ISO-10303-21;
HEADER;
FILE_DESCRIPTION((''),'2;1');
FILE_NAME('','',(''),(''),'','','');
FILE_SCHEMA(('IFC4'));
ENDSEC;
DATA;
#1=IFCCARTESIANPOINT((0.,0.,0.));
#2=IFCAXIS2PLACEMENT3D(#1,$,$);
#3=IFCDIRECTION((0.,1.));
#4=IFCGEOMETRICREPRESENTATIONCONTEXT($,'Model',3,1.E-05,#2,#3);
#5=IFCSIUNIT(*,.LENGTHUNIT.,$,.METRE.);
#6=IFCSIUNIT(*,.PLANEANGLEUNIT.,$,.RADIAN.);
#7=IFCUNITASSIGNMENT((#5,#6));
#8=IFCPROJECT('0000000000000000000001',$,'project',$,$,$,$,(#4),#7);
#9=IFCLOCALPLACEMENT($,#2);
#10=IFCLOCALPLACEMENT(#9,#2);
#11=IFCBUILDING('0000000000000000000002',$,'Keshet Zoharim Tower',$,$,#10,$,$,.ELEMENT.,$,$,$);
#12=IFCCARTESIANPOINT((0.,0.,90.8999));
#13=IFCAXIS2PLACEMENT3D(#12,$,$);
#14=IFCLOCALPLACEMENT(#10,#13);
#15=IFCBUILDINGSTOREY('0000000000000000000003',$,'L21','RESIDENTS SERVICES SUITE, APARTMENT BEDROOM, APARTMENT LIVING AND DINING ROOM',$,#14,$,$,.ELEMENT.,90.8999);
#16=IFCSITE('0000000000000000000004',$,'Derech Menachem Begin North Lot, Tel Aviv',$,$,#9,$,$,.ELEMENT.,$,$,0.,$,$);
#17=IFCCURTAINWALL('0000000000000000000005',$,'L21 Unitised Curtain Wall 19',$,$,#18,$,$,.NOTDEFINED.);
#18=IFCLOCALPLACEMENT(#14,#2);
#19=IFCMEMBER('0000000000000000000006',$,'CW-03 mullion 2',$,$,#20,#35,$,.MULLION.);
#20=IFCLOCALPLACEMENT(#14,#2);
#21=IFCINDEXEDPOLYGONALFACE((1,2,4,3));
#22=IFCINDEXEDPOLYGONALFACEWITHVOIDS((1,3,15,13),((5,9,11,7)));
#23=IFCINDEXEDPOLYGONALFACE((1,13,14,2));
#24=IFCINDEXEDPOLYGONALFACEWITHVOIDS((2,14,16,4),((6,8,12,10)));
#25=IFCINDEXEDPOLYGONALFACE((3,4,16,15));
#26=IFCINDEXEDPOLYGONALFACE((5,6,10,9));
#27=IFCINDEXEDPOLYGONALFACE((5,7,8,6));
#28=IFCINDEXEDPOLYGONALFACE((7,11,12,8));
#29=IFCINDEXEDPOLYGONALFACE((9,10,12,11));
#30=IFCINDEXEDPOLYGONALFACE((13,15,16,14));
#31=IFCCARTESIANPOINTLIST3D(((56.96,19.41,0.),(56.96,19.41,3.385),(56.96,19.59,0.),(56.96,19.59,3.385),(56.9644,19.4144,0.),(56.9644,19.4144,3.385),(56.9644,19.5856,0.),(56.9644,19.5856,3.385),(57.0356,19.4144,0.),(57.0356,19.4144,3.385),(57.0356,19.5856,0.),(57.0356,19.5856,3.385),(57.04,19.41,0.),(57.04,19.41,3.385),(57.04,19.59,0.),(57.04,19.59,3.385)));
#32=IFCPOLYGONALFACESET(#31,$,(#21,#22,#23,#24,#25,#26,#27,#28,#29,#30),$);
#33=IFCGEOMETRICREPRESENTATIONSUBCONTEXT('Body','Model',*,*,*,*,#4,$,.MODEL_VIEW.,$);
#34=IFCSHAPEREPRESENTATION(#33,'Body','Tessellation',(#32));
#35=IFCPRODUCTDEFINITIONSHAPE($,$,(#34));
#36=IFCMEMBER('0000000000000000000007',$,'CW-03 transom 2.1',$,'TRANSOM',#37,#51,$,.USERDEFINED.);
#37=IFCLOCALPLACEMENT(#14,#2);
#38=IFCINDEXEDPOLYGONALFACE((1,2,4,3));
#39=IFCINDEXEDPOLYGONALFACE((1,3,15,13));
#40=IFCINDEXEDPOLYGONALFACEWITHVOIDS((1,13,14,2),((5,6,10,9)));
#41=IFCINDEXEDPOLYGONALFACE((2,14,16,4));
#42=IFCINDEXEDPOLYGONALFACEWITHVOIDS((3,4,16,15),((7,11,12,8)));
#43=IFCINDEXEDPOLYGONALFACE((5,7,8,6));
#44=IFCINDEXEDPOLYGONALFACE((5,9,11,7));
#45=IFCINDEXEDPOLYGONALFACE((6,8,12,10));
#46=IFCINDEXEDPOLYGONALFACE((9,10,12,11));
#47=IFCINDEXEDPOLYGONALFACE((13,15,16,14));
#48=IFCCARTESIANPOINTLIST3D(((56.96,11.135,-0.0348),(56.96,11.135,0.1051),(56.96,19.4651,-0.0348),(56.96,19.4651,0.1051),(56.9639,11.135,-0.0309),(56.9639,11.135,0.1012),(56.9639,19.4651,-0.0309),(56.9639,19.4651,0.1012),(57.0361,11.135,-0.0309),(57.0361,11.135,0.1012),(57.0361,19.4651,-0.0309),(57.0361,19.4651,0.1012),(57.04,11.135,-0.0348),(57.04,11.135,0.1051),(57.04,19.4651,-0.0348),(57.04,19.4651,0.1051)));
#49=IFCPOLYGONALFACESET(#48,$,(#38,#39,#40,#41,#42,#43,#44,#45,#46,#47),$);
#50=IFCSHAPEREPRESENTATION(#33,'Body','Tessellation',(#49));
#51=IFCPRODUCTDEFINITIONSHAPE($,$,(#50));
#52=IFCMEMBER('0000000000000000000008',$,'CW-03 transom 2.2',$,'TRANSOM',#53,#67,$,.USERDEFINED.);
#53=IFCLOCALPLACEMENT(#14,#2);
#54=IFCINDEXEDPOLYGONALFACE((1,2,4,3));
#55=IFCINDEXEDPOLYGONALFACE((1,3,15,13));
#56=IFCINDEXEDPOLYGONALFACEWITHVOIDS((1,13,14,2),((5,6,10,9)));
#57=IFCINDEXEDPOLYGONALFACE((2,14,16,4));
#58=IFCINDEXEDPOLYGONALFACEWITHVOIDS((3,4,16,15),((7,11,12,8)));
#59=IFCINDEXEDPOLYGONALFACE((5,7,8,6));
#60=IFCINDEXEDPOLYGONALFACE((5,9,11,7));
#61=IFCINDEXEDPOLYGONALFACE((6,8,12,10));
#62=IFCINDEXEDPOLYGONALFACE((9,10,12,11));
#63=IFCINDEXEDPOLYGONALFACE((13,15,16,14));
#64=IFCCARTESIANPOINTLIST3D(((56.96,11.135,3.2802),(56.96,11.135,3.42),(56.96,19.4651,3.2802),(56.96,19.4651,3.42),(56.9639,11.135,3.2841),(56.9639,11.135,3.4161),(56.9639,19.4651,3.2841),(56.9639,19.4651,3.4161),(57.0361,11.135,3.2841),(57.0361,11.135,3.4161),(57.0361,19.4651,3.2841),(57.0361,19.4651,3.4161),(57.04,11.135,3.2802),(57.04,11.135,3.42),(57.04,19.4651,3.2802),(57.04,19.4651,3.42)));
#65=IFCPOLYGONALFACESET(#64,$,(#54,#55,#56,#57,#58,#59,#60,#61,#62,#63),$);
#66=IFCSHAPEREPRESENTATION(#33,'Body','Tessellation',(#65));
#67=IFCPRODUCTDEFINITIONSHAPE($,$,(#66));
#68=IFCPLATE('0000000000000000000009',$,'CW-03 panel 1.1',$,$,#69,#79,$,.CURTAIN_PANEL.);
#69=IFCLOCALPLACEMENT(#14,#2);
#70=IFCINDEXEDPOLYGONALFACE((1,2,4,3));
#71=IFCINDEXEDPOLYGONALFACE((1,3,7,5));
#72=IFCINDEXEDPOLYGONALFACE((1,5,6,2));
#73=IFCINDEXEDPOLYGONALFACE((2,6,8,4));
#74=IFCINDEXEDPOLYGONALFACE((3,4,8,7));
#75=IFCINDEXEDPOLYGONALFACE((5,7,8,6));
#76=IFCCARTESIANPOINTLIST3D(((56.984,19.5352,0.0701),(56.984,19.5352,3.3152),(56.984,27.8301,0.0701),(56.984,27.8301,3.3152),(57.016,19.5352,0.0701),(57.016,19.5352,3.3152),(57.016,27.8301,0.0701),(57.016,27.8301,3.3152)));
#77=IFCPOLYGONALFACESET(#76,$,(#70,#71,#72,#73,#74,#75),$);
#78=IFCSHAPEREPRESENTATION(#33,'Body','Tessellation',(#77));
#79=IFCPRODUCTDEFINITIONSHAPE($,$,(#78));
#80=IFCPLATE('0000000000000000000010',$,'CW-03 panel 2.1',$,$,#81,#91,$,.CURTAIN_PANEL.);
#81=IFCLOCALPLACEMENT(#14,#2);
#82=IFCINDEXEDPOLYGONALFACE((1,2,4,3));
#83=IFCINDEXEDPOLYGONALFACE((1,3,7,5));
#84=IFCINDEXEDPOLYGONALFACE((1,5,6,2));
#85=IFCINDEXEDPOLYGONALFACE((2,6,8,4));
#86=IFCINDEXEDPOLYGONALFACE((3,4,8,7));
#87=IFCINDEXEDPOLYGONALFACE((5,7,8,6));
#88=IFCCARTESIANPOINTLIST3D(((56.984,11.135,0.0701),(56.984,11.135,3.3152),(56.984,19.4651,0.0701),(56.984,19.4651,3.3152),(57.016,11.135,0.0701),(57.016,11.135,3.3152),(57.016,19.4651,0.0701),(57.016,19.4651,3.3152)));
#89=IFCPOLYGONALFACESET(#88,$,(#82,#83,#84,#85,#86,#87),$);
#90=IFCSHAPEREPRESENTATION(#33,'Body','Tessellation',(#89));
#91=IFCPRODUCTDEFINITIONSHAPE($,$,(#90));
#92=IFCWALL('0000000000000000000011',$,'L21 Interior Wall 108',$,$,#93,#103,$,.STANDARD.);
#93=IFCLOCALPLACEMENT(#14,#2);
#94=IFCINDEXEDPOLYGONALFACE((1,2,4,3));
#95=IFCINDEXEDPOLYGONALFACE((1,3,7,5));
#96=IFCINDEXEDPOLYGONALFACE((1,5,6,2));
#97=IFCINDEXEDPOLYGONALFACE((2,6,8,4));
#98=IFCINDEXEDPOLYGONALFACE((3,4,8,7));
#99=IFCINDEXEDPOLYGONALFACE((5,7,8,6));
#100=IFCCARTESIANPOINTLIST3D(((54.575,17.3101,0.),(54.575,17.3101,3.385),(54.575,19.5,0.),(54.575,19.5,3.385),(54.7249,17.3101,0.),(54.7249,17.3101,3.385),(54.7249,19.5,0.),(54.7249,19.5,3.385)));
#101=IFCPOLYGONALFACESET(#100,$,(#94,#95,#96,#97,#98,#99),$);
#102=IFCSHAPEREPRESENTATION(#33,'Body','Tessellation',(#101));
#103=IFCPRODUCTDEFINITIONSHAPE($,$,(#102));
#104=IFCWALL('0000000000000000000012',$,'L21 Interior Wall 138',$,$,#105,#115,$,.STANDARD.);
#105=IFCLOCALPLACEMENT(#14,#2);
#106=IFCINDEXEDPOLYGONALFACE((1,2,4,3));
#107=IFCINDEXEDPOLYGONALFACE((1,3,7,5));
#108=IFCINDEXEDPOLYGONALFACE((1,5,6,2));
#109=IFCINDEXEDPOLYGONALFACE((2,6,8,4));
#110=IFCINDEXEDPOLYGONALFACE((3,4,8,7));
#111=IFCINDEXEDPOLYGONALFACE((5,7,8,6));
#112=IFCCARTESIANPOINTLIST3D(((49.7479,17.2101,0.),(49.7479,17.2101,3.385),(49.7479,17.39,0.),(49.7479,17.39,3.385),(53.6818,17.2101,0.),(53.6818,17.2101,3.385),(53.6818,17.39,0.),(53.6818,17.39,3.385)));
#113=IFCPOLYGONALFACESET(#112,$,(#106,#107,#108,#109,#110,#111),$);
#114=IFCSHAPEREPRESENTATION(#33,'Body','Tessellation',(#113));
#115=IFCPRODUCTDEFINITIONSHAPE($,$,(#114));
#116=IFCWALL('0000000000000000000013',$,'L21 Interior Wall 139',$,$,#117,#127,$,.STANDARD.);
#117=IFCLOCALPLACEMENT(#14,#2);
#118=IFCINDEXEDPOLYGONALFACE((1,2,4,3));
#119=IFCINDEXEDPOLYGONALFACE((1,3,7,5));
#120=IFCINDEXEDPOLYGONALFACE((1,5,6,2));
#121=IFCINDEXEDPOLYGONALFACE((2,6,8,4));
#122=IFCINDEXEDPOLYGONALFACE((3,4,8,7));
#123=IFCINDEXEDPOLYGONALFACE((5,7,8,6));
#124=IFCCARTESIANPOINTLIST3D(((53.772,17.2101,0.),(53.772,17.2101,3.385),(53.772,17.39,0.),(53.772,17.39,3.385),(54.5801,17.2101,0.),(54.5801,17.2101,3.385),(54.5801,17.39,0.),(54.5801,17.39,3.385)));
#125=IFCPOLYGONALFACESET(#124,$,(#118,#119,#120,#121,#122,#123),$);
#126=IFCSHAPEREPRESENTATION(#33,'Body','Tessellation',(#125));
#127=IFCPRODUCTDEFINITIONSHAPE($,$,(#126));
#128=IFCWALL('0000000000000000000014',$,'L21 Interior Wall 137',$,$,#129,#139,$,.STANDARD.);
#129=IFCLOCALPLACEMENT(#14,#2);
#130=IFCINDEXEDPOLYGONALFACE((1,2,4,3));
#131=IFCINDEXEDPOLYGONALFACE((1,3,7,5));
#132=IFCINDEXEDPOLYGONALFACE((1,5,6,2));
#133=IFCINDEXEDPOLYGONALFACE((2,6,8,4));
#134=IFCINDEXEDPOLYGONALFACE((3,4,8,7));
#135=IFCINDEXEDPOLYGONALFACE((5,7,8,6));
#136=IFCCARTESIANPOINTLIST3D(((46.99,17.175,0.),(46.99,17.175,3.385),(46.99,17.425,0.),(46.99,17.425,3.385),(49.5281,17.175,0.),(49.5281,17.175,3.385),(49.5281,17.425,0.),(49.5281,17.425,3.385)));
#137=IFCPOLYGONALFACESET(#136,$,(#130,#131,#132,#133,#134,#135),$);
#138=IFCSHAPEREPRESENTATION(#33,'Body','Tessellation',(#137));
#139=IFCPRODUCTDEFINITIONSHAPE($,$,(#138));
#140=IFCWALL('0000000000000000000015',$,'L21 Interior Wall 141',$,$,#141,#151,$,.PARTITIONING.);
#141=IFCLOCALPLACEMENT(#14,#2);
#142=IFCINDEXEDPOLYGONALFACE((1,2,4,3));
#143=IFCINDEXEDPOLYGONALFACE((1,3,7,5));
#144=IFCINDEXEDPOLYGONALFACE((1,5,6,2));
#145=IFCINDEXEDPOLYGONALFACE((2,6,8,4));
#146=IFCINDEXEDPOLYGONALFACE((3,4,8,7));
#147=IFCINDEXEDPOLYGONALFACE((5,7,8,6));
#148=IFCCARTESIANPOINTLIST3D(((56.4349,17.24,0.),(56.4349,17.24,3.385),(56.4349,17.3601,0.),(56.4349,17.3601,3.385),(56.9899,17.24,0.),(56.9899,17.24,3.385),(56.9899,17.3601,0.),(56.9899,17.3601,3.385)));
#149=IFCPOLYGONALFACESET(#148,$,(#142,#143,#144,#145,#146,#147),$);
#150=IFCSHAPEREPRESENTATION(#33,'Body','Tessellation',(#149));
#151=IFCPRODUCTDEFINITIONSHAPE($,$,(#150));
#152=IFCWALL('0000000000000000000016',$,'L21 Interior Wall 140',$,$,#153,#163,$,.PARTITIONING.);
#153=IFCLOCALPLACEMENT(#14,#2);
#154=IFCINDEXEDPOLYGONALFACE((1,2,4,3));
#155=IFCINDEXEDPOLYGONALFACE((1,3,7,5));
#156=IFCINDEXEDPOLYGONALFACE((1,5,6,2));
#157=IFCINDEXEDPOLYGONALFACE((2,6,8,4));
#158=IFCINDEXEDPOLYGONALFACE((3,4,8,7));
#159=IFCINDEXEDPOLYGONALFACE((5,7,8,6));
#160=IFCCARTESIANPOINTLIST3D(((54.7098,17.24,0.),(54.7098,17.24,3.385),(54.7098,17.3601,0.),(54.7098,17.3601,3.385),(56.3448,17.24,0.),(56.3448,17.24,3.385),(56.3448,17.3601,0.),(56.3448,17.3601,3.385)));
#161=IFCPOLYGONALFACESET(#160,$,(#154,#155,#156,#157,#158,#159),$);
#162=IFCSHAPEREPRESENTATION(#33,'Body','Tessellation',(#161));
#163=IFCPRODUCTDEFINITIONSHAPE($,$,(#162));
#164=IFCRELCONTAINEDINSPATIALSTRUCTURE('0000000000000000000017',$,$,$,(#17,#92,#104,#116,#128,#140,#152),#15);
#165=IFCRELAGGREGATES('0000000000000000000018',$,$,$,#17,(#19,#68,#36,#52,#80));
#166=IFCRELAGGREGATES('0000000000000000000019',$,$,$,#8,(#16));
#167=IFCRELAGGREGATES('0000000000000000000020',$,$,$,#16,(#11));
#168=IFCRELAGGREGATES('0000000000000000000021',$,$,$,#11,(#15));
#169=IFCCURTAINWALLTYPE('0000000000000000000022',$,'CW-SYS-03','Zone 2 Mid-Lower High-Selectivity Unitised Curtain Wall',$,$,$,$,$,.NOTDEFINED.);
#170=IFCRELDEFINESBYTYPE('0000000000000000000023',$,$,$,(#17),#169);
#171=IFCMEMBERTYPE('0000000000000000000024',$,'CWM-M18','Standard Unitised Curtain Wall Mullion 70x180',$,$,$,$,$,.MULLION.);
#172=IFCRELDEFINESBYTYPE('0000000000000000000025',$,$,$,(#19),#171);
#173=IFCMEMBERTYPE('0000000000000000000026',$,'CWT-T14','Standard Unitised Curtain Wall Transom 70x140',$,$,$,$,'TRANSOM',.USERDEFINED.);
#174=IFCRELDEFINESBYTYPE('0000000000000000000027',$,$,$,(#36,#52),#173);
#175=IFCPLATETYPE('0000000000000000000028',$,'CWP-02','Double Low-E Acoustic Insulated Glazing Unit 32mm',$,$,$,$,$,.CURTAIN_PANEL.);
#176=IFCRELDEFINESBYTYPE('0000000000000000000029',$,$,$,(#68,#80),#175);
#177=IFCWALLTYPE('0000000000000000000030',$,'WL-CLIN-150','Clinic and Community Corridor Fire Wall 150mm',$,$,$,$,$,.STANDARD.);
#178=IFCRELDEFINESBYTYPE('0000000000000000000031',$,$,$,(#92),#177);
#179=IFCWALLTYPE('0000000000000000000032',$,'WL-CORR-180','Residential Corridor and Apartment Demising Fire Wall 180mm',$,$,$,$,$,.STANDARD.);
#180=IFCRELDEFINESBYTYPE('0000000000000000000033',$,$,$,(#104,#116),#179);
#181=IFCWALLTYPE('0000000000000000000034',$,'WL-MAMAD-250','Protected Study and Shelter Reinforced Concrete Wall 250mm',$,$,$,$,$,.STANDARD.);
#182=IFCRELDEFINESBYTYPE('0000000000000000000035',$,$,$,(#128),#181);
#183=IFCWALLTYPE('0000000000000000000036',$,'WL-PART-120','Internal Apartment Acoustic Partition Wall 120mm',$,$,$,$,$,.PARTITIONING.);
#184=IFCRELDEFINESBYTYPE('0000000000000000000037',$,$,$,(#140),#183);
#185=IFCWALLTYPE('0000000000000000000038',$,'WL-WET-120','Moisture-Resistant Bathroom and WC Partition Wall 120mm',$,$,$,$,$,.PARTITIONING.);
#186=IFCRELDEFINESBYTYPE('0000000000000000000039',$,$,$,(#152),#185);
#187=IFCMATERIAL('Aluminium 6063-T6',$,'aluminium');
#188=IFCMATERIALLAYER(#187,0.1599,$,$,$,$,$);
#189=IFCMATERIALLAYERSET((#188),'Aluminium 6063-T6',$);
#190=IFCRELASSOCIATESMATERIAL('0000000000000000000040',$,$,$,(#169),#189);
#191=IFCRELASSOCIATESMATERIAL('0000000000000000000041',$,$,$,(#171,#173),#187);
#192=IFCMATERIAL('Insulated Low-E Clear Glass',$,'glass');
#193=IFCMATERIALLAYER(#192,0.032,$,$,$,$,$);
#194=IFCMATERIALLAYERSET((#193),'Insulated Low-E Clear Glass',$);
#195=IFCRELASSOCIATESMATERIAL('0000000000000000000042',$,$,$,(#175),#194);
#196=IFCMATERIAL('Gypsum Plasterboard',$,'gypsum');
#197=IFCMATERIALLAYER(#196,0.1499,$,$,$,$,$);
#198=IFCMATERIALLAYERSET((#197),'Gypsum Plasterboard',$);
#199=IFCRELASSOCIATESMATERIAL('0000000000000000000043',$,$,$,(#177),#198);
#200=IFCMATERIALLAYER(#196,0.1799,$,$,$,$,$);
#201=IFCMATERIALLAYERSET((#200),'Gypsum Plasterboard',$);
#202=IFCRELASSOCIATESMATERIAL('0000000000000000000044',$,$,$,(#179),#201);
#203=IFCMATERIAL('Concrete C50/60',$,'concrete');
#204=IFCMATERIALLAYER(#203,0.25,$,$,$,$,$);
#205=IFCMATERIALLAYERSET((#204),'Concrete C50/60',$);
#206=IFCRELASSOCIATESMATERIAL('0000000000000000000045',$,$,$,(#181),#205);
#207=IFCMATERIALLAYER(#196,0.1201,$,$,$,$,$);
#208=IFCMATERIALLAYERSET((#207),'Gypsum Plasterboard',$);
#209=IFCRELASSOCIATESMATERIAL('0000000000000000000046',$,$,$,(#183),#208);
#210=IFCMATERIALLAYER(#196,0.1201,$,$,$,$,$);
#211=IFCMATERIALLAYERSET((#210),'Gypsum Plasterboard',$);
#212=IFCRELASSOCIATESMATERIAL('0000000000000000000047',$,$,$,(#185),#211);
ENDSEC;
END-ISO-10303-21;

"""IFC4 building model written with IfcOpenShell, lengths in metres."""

from ifc_helpers import new_model, si_unit, direction, frame, frame_2d, origin, origin_2d, place, context, subcontext, project, spatial, rectangle, hollow_rectangle, extrude, material, layer, layer_set, material_profile, profile_set, type_object, element, aggregate, save


model = new_model("IFC4")

# Units and contexts
model_context = context("Model", 3, precision=1e-05, world=origin(), true_north=direction((0.0, 1.0)))
body_context = subcontext(model_context, "Body", "Model", "MODEL_VIEW")
ifc_project = project(units=[si_unit("LENGTHUNIT", "METRE"), si_unit("PLANEANGLEUNIT", "RADIAN")], contexts=[model_context])

# Site, building, storey
site_placement = place(None, origin())
site = spatial("IfcSite", under=ifc_project, at=site_placement, Name="Derech Menachem Begin North Lot, Tel Aviv", CompositionType="ELEMENT", RefElevation=0.0)
building_placement = place(site_placement, origin())
building = spatial("IfcBuilding", under=site, at=building_placement, Name="Keshet Zoharim Tower", CompositionType="ELEMENT")
storey_placement = place(building_placement, frame((0.0, 0.0, 90.8999)))
storey = spatial("IfcBuildingStorey", under=building, at=storey_placement, Name="L21", Description="RESIDENTS SERVICES SUITE, APARTMENT BEDROOM, APARTMENT LIVING AND DINING ROOM", CompositionType="ELEMENT", Elevation=90.8999)

# Curtain wall, members, plates
ifc_material_1 = material(Name="Aluminium 6063-T6", Category="aluminium")
ifc_layer_1 = layer(ifc_material_1, 0.1599)
ifc_layer_set_1 = layer_set([ifc_layer_1], Name="Aluminium 6063-T6")
curtain_wall_type = type_object("IfcCurtainWallType", Name="CW-SYS-03", Description="Zone 2 Mid-Lower High-Selectivity Unitised Curtain Wall", PredefinedType="NOTDEFINED", material=ifc_layer_set_1)
curtain_wall_placement = place(storey_placement, origin())
curtain_wall = element("IfcCurtainWall", 1, at=curtain_wall_placement, inside=storey, type_object=curtain_wall_type, Name="L21 Unitised Curtain Wall 19", PredefinedType="NOTDEFINED")
ifc_material_profile_1 = material_profile(ifc_material_1, hollow_rectangle(XDim=0.0801, YDim=0.1799, WallThickness=0.0044, at=origin_2d()), Name="MUL-80x180")
ifc_profile_set_1 = profile_set([ifc_material_profile_1], Name="Aluminium 6063-T6")
member_type_1 = type_object("IfcMemberType", Name="CWM-M18", Description="Standard Unitised Curtain Wall Mullion 70x180", PredefinedType="MULLION", material=ifc_profile_set_1)
member_1_placement = place(storey_placement, frame((57.0, 19.5, 0.0), z_axis=(0.0, 0.0, 1.0), x_axis=(1.0, 0.0, 0.0)))
member_1 = element("IfcMember", 2, at=member_1_placement, type_object=member_type_1, Name="CW-03 mullion 2", PredefinedType="MULLION", context=body_context, shape_type="SweptSolid", body=[
    extrude(hollow_rectangle(XDim=0.0801, YDim=0.1799, WallThickness=0.0044, at=origin_2d()), origin(), (0.0, 0.0, 1.0), 3.385),
])
ifc_material_profile_2 = material_profile(ifc_material_1, hollow_rectangle(XDim=0.0801, YDim=0.1399, WallThickness=0.0039, at=origin_2d()), Name="TRN-80x140")
ifc_profile_set_2 = profile_set([ifc_material_profile_2], Name="Aluminium 6063-T6")
member_type_2 = type_object("IfcMemberType", Name="CWT-T14", Description="Standard Unitised Curtain Wall Transom 70x140", ElementType="TRANSOM", PredefinedType="USERDEFINED", material=ifc_profile_set_2)
member_2_placement = place(storey_placement, frame((57.0, 19.4651, 0.0352), z_axis=(0.0, -1.0, 0.0), x_axis=(1.0, 0.0, 0.0)))
member_2 = element("IfcMember", 3, at=member_2_placement, type_object=member_type_2, Name="CW-03 transom 2.1", ObjectType="TRANSOM", PredefinedType="USERDEFINED", context=body_context, shape_type="SweptSolid", body=[
    extrude(hollow_rectangle(XDim=0.0801, YDim=0.1399, WallThickness=0.0039, at=origin_2d()), origin(), (0.0, 0.0, 1.0), 8.3301),
])
member_3_placement = place(storey_placement, frame((57.0, 19.4651, 3.3501), z_axis=(0.0, -1.0, 0.0), x_axis=(1.0, 0.0, 0.0)))
member_3 = element("IfcMember", 4, at=member_3_placement, type_object=member_type_2, Name="CW-03 transom 2.2", ObjectType="TRANSOM", PredefinedType="USERDEFINED", context=body_context, shape_type="SweptSolid", body=[
    extrude(hollow_rectangle(XDim=0.0801, YDim=0.1399, WallThickness=0.0039, at=origin_2d()), origin(), (0.0, 0.0, 1.0), 8.3301),
])
ifc_material_2 = material(Name="Insulated Low-E Clear Glass", Category="glass")
ifc_layer_2 = layer(ifc_material_2, 0.032)
ifc_layer_set_2 = layer_set([ifc_layer_2], Name="Insulated Low-E Clear Glass")
plate_type = type_object("IfcPlateType", Name="CWP-02", Description="Double Low-E Acoustic Insulated Glazing Unit 32mm", PredefinedType="CURTAIN_PANEL", material=ifc_layer_set_2)
plate_1_placement = place(storey_placement, frame((57.0, 23.6826, 0.0701), z_axis=(0.0, 0.0, 1.0), x_axis=(0.0, -1.0, 0.0)))
plate_1 = element("IfcPlate", 5, at=plate_1_placement, type_object=plate_type, Name="CW-03 panel 1.1", PredefinedType="CURTAIN_PANEL", context=body_context, shape_type="SweptSolid", body=[
    extrude(rectangle(XDim=8.2949, YDim=0.032, at=origin_2d()), origin(), (0.0, 0.0, 1.0), 3.2451),
])
plate_2_placement = place(storey_placement, frame((57.0, 15.3, 0.0701), z_axis=(0.0, 0.0, 1.0), x_axis=(0.0, -1.0, 0.0)))
plate_2 = element("IfcPlate", 6, at=plate_2_placement, type_object=plate_type, Name="CW-03 panel 2.1", PredefinedType="CURTAIN_PANEL", context=body_context, shape_type="SweptSolid", body=[
    extrude(rectangle(XDim=8.3301, YDim=0.032, at=origin_2d()), origin(), (0.0, 0.0, 1.0), 3.2451),
])
aggregate(curtain_wall, [member_1, plate_1, member_2, member_3, plate_2])

# Walls
ifc_material_3 = material(Name="Gypsum Plasterboard", Category="gypsum")
ifc_layer_3 = layer(ifc_material_3, 0.1499)
ifc_layer_set_3 = layer_set([ifc_layer_3], Name="Gypsum Plasterboard")
wall_type_1 = type_object("IfcWallType", Name="WL-CLIN-150", Description="Clinic and Community Corridor Fire Wall 150mm", PredefinedType="STANDARD", material=ifc_layer_set_3)
wall_1_placement = place(storey_placement, frame((54.6499, 17.3101, 0.0), z_axis=(0.0, 0.0, 1.0), x_axis=(0.0, 1.0, 0.0)))
element("IfcWall", 7, at=wall_1_placement, inside=storey, type_object=wall_type_1, Name="L21 Interior Wall 108", PredefinedType="STANDARD", context=body_context, shape_type="SweptSolid", body=[
    extrude(rectangle(XDim=2.1899, YDim=0.1499, at=frame_2d((1.095, 0.0))), origin(), (0.0, 0.0, 1.0), 3.385),
])
ifc_layer_4 = layer(ifc_material_3, 0.1799)
ifc_layer_set_4 = layer_set([ifc_layer_4], Name="Gypsum Plasterboard")
wall_type_2 = type_object("IfcWallType", Name="WL-CORR-180", Description="Residential Corridor and Apartment Demising Fire Wall 180mm", PredefinedType="STANDARD", material=ifc_layer_set_4)
wall_2_placement = place(storey_placement, frame((49.748, 17.3, 0.0), z_axis=(0.0, 0.0, 1.0), x_axis=(1.0, 0.0, 0.0)))
element("IfcWall", 8, at=wall_2_placement, inside=storey, type_object=wall_type_2, Name="L21 Interior Wall 138", PredefinedType="STANDARD", context=body_context, shape_type="SweptSolid", body=[
    extrude(rectangle(XDim=3.9338, YDim=0.1799, at=frame_2d((1.9668, 0.0))), origin(), (0.0, 0.0, 1.0), 3.385),
])
wall_3_placement = place(storey_placement, frame((53.772, 17.3, 0.0), z_axis=(0.0, 0.0, 1.0), x_axis=(1.0, 0.0, 0.0)))
element("IfcWall", 9, at=wall_3_placement, inside=storey, type_object=wall_type_2, Name="L21 Interior Wall 139", PredefinedType="STANDARD", context=body_context, shape_type="SweptSolid", body=[
    extrude(rectangle(XDim=0.8081, YDim=0.1799, at=frame_2d((0.4041, 0.0))), origin(), (0.0, 0.0, 1.0), 3.385),
])
ifc_material_4 = material(Name="Concrete C50/60", Category="concrete")
ifc_layer_5 = layer(ifc_material_4, 0.25)
ifc_layer_set_5 = layer_set([ifc_layer_5], Name="Concrete C50/60")
wall_type_3 = type_object("IfcWallType", Name="WL-MAMAD-250", Description="Protected Study and Shelter Reinforced Concrete Wall 250mm", PredefinedType="STANDARD", material=ifc_layer_set_5)
wall_4_placement = place(storey_placement, frame((46.99, 17.3, 0.0), z_axis=(0.0, 0.0, 1.0), x_axis=(1.0, 0.0, 0.0)))
element("IfcWall", 10, at=wall_4_placement, inside=storey, type_object=wall_type_3, Name="L21 Interior Wall 137", PredefinedType="STANDARD", context=body_context, shape_type="SweptSolid", body=[
    extrude(rectangle(XDim=2.5381, YDim=0.25, at=frame_2d((1.269, 0.0))), origin(), (0.0, 0.0, 1.0), 3.385),
])
ifc_layer_6 = layer(ifc_material_3, 0.1201)
ifc_layer_set_6 = layer_set([ifc_layer_6], Name="Gypsum Plasterboard")
wall_type_4 = type_object("IfcWallType", Name="WL-PART-120", Description="Internal Apartment Acoustic Partition Wall 120mm", PredefinedType="PARTITIONING", material=ifc_layer_set_6)
wall_5_placement = place(storey_placement, frame((56.4351, 17.3, 0.0), z_axis=(0.0, 0.0, 1.0), x_axis=(1.0, 0.0, 0.0)))
element("IfcWall", 11, at=wall_5_placement, inside=storey, type_object=wall_type_4, Name="L21 Interior Wall 141", PredefinedType="PARTITIONING", context=body_context, shape_type="SweptSolid", body=[
    extrude(rectangle(XDim=0.5549, YDim=0.1201, at=frame_2d((0.2773, 0.0))), origin(), (0.0, 0.0, 1.0), 3.385),
])
ifc_layer_7 = layer(ifc_material_3, 0.1201)
ifc_layer_set_7 = layer_set([ifc_layer_7], Name="Gypsum Plasterboard")
wall_type_5 = type_object("IfcWallType", Name="WL-WET-120", Description="Moisture-Resistant Bathroom and WC Partition Wall 120mm", PredefinedType="PARTITIONING", material=ifc_layer_set_7)
wall_6_placement = place(storey_placement, frame((54.71, 17.3, 0.0), z_axis=(0.0, 0.0, 1.0), x_axis=(1.0, 0.0, 0.0)))
element("IfcWall", 12, at=wall_6_placement, inside=storey, type_object=wall_type_5, Name="L21 Interior Wall 140", PredefinedType="PARTITIONING", context=body_context, shape_type="SweptSolid", body=[
    extrude(rectangle(XDim=1.635, YDim=0.1201, at=frame_2d((0.8174, 0.0))), origin(), (0.0, 0.0, 1.0), 3.385),
])

save(model, "model.ifc")
